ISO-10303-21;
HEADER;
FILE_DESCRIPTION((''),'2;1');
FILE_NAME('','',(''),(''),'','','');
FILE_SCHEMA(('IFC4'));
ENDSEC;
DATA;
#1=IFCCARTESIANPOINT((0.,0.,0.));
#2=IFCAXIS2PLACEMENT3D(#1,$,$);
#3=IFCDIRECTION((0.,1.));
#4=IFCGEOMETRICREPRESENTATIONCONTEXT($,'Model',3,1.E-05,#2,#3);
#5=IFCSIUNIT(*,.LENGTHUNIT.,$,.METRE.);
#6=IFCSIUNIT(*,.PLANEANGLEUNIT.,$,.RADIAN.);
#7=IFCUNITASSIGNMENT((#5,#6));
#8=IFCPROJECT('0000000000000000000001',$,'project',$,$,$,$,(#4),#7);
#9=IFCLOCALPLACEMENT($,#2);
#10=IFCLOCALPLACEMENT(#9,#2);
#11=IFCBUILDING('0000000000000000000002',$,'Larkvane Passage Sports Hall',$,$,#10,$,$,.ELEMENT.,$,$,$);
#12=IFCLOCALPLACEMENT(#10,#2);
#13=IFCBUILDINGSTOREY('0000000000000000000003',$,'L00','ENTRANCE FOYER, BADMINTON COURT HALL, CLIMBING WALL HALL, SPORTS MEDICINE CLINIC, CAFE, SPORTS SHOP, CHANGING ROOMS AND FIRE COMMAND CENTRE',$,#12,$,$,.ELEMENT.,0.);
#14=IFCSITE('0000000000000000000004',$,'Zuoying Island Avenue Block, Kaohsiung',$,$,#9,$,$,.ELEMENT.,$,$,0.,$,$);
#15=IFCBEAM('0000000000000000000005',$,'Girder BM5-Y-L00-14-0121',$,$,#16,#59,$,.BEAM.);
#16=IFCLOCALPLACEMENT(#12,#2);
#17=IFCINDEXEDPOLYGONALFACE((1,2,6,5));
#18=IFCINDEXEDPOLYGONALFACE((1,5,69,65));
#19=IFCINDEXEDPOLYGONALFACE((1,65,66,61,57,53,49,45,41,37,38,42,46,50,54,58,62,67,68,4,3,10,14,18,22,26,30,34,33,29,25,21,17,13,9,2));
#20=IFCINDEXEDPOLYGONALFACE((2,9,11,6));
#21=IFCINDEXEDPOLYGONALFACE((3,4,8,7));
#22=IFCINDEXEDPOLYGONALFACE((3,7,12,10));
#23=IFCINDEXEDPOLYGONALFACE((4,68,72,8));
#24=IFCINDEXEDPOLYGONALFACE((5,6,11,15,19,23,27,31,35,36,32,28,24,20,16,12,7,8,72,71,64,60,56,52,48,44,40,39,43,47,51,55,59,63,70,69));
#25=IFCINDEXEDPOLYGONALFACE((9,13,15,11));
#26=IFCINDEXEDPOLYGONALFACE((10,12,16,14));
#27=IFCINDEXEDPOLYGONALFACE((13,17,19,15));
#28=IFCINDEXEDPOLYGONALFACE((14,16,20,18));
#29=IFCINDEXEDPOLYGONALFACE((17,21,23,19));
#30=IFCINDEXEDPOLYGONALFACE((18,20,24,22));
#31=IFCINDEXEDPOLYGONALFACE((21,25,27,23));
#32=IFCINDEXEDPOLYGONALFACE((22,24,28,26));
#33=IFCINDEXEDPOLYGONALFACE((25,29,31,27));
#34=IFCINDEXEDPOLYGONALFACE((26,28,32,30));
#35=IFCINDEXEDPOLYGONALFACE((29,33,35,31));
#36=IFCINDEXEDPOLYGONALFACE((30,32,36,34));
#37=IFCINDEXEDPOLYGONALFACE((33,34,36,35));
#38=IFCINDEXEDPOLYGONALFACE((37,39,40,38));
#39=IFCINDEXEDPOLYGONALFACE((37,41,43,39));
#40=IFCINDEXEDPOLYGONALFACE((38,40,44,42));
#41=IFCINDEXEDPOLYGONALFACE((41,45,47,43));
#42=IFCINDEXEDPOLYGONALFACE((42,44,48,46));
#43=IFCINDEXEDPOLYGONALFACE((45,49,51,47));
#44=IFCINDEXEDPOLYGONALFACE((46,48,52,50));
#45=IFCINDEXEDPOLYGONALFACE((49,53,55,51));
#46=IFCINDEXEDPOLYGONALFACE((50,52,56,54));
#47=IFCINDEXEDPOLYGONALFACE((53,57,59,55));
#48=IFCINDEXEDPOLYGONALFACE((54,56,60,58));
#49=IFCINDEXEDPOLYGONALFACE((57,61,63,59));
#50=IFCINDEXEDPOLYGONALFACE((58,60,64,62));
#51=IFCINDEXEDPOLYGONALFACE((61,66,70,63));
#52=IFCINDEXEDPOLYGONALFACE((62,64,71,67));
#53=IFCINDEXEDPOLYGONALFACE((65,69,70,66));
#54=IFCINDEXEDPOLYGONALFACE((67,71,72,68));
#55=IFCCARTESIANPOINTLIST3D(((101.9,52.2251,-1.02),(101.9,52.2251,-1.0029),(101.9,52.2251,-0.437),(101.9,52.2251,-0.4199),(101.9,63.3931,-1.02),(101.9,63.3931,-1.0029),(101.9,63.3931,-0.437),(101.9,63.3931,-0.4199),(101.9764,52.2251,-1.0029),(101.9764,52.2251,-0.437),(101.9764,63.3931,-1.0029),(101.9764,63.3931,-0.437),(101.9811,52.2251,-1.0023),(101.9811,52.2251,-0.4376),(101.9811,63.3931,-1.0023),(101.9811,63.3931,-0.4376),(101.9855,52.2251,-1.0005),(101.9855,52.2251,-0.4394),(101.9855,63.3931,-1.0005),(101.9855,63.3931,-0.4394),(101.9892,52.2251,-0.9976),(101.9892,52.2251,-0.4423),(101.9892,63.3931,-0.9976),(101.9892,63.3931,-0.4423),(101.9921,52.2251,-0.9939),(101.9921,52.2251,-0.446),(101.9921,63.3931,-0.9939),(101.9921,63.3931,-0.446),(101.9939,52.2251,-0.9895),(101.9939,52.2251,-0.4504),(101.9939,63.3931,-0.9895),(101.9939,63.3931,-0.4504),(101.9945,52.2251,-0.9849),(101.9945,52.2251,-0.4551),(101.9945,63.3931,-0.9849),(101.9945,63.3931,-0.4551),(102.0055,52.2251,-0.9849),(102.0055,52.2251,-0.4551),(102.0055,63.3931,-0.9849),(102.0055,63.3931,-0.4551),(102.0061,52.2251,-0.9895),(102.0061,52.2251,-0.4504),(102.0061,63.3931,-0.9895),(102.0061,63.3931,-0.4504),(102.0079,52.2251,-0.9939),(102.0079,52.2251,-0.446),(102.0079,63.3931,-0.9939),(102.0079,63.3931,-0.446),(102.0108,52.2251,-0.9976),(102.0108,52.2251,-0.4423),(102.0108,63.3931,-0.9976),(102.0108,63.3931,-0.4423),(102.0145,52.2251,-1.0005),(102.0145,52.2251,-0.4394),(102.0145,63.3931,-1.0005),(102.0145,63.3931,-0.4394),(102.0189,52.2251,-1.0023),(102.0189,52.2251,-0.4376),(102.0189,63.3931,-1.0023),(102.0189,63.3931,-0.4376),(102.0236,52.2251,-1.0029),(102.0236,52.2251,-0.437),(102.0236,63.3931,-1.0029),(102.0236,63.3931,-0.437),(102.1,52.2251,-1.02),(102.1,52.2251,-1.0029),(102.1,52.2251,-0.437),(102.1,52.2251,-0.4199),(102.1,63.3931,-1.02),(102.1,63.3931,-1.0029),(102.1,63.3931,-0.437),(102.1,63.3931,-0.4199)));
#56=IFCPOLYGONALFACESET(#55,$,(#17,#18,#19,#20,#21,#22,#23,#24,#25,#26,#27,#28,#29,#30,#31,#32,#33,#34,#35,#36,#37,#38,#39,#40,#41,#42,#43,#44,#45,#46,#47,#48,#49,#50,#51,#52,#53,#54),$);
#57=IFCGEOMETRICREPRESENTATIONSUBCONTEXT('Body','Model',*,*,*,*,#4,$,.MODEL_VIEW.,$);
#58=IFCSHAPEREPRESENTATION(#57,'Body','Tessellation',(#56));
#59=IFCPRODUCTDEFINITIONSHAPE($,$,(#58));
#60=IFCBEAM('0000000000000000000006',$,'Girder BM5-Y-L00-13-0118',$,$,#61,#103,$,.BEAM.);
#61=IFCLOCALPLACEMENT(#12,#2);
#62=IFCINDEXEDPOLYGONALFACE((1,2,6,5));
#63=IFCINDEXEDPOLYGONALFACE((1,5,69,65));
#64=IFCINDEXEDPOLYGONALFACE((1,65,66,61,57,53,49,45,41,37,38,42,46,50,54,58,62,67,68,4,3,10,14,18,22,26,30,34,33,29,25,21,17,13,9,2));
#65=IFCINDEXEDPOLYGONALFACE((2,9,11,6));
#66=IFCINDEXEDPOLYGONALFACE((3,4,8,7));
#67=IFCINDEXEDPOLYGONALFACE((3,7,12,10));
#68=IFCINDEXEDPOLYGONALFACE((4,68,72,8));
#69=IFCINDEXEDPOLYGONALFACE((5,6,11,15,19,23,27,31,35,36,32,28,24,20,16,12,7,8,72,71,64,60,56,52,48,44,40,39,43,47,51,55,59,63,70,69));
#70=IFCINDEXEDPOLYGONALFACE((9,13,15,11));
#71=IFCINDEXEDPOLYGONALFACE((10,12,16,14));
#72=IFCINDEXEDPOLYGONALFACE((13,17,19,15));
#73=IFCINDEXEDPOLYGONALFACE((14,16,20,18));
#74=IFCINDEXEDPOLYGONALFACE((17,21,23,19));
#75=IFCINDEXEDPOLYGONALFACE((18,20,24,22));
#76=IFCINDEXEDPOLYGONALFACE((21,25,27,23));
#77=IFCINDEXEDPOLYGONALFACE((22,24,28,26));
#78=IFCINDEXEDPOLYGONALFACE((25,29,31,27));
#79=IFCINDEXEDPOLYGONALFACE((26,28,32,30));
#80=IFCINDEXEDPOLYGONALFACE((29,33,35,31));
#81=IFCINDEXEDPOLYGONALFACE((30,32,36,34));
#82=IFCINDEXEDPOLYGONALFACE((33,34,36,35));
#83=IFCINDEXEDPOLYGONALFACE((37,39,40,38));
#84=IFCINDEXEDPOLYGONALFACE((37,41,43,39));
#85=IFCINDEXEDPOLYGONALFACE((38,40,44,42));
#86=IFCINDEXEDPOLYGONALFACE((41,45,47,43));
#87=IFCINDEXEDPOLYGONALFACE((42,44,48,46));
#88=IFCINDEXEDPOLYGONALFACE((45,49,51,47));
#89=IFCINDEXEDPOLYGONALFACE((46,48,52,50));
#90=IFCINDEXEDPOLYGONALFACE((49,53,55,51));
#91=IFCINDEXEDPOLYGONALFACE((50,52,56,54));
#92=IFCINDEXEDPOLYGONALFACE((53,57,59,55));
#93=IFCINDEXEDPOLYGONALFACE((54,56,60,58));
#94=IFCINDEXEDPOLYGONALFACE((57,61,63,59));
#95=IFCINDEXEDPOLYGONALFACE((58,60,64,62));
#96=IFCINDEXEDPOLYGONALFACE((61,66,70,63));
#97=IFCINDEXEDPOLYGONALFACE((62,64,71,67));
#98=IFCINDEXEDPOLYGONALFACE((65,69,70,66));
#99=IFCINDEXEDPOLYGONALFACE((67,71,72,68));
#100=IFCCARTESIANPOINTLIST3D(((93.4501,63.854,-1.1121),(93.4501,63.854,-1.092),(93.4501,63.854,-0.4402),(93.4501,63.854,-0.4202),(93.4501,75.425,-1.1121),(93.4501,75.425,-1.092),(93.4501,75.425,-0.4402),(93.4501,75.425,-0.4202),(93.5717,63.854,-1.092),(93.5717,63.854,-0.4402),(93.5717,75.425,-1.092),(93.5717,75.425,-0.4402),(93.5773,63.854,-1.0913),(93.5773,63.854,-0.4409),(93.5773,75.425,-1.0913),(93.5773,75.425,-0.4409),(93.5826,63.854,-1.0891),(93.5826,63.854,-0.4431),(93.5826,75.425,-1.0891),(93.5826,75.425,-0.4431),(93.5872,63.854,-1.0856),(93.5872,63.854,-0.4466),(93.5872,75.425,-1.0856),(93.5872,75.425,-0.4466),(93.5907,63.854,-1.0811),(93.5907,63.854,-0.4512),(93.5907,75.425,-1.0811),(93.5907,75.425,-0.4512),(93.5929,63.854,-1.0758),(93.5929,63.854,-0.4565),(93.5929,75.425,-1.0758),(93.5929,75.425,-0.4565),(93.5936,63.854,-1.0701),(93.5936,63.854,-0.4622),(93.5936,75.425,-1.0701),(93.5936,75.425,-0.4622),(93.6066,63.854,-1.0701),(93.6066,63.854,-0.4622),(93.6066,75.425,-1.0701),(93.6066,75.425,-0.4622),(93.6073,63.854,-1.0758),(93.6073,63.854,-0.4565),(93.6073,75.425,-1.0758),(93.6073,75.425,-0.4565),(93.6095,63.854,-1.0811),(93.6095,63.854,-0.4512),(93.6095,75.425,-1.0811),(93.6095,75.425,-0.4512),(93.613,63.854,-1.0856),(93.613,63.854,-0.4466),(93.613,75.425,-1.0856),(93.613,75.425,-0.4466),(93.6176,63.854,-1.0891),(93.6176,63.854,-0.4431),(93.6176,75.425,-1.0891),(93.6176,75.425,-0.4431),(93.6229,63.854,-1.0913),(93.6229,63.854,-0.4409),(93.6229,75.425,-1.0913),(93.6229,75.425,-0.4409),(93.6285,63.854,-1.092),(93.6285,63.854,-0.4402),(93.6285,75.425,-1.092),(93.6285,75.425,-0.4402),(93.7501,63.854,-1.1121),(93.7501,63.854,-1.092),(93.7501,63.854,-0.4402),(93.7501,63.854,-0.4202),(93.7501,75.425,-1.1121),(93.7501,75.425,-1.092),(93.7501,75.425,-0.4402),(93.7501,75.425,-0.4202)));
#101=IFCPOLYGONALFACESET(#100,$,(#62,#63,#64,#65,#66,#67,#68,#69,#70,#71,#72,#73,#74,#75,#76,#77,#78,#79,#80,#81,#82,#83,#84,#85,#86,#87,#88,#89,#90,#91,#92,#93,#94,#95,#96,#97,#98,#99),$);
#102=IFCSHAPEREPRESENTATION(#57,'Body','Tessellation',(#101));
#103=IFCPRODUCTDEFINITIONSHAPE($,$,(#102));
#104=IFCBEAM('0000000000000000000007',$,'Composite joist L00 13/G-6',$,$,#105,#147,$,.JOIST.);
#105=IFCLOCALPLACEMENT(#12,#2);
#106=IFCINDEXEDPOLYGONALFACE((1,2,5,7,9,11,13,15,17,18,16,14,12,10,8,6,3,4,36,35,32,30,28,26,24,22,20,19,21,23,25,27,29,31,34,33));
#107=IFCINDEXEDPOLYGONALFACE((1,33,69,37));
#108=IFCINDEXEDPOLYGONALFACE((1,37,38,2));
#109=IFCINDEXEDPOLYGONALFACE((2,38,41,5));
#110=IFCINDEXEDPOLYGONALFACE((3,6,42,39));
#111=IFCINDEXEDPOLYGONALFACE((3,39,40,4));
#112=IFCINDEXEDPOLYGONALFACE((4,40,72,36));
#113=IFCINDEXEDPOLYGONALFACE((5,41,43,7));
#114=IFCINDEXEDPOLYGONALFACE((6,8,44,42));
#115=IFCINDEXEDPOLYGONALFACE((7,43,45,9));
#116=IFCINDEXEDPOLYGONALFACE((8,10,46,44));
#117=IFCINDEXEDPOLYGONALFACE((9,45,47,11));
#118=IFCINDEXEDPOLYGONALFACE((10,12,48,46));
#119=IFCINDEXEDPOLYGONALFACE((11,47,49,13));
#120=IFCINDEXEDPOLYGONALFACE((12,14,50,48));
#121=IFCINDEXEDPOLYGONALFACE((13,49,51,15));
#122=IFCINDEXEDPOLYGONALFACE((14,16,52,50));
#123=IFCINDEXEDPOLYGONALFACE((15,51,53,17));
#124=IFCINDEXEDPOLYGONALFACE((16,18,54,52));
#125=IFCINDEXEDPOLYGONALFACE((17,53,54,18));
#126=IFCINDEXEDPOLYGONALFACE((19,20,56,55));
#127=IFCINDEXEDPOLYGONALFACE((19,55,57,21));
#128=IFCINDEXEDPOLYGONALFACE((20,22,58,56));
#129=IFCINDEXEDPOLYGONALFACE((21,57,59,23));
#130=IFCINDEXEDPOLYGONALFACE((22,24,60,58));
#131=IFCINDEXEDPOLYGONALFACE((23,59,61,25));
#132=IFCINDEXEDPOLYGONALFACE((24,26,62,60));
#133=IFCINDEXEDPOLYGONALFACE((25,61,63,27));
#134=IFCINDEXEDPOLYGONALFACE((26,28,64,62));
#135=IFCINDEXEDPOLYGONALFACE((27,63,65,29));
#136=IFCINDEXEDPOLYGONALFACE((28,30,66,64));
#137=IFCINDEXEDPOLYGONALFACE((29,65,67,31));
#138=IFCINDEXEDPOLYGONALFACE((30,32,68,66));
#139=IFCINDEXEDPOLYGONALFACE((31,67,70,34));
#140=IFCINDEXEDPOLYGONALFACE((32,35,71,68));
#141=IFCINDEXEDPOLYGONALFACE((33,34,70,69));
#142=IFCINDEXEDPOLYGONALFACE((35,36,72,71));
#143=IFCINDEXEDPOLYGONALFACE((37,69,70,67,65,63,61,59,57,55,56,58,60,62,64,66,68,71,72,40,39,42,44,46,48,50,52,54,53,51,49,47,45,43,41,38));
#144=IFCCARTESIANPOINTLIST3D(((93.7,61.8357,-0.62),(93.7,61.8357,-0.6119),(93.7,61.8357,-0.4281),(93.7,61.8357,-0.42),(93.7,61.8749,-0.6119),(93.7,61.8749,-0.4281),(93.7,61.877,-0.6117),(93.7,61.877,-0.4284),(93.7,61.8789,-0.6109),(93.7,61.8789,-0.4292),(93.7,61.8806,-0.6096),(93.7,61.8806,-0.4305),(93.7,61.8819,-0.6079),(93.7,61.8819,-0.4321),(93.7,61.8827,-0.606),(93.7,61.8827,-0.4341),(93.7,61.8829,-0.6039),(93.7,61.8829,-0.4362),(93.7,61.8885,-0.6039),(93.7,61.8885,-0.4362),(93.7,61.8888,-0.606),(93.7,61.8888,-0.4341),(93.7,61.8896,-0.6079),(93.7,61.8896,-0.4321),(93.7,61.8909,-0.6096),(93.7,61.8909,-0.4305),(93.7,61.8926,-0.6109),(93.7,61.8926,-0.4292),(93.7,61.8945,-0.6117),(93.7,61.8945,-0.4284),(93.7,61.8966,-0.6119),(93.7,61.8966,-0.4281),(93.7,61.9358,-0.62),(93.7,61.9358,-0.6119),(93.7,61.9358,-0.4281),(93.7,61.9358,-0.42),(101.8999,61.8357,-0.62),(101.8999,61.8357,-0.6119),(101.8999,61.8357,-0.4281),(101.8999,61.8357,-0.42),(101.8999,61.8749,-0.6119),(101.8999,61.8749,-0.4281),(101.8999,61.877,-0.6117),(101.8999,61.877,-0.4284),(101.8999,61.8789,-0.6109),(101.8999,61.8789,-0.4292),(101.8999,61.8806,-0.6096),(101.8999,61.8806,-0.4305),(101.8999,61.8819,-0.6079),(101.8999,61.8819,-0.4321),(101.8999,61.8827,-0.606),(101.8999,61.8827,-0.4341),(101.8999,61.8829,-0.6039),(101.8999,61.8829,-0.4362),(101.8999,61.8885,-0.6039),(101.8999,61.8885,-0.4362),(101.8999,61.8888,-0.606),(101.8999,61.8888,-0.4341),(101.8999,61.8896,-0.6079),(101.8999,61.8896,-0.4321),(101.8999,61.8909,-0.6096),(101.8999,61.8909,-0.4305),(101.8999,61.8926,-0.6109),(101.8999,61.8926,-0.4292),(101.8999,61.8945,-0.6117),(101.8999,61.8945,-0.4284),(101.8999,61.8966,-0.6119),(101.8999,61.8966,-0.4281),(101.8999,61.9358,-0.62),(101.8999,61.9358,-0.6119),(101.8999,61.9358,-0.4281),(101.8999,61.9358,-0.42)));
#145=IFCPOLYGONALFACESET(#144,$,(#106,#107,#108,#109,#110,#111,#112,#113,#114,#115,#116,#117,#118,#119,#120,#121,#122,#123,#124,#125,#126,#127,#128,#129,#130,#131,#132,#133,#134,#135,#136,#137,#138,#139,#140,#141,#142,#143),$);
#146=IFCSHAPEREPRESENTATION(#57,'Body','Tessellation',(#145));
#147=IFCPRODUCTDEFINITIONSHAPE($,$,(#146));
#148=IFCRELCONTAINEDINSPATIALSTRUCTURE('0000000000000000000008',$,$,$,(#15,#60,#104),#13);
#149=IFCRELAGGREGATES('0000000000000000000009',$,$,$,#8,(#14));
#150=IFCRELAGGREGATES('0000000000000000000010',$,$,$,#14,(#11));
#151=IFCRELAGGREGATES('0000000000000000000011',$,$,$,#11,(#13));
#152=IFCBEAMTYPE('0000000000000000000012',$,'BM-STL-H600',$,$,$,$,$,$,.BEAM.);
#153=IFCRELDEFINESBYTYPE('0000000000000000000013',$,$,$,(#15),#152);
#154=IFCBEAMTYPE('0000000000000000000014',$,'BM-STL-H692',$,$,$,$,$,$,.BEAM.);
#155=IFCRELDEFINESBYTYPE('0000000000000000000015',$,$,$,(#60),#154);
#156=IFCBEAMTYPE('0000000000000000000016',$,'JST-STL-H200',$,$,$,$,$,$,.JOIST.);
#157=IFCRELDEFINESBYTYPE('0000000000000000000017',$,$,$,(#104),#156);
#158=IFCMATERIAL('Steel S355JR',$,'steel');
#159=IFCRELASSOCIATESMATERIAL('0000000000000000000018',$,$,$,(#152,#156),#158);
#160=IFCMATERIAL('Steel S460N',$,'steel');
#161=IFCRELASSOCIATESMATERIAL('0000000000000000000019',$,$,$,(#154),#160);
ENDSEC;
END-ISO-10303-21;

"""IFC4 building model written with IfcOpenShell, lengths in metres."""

from ifc_helpers import new_model, si_unit, direction, frame, origin, origin_2d, place, context, subcontext, project, spatial, i_section, extrude, material, material_profile, profile_set, type_object, element, save


model = new_model("IFC4")

# Units and contexts
model_context = context("Model", 3, precision=1e-05, world=origin(), true_north=direction((0.0, 1.0)))
body_context = subcontext(model_context, "Body", "Model", "MODEL_VIEW")
ifc_project = project(units=[si_unit("LENGTHUNIT", "METRE"), si_unit("PLANEANGLEUNIT", "RADIAN")], contexts=[model_context])

# Site, building, storey
site_placement = place(None, origin())
site = spatial("IfcSite", under=ifc_project, at=site_placement, Name="Zuoying Island Avenue Block, Kaohsiung", CompositionType="ELEMENT", RefElevation=0.0)
building_placement = place(site_placement, origin())
building = spatial("IfcBuilding", under=site, at=building_placement, Name="Larkvane Passage Sports Hall", CompositionType="ELEMENT")
storey_placement = place(building_placement, origin())
storey = spatial("IfcBuildingStorey", under=building, at=storey_placement, Name="L00", Description="ENTRANCE FOYER, BADMINTON COURT HALL, CLIMBING WALL HALL, SPORTS MEDICINE CLINIC, CAFE, SPORTS SHOP, CHANGING ROOMS AND FIRE COMMAND CENTRE", CompositionType="ELEMENT", Elevation=0.0)

# Shared definitions
ifc_material_1 = material(Name="Steel S460N", Category="steel")

# Beams
ifc_material_2 = material(Name="Steel S355JR", Category="steel")
ifc_material_profile_1 = material_profile(ifc_material_2, i_section(OverallWidth=0.2, OverallDepth=0.6001, WebThickness=0.011, FlangeThickness=0.0171, FilletRadius=0.0181, at=origin_2d()), Name="H-600x200x11x17")
ifc_profile_set_1 = profile_set([ifc_material_profile_1], Name="Steel S355JR")
beam_type_1 = type_object("IfcBeamType", Name="BM-STL-H600", PredefinedType="BEAM", material=ifc_profile_set_1)
beam_1_placement = place(storey_placement, frame((102.0, 52.2251, -0.72), z_axis=(0.0, 1.0, 0.0), x_axis=(-1.0, 0.0, 0.0)))
element("IfcBeam", 1, at=beam_1_placement, inside=storey, type_object=beam_type_1, Name="Girder BM5-Y-L00-14-0121", PredefinedType="BEAM", context=body_context, shape_type="SweptSolid", body=[
    extrude(i_section(OverallWidth=0.2, OverallDepth=0.6001, WebThickness=0.011, FlangeThickness=0.0171, FilletRadius=0.0181, at=origin_2d()), origin(), (0.0, 0.0, 1.0), 11.168),
])
ifc_material_profile_2 = material_profile(ifc_material_1, i_section(OverallWidth=0.3, OverallDepth=0.6919, WebThickness=0.0129, FlangeThickness=0.02, FilletRadius=0.022, at=origin_2d()), Name="H-692x300x13x20")
ifc_profile_set_2 = profile_set([ifc_material_profile_2], Name="Steel S460N")
beam_type_2 = type_object("IfcBeamType", Name="BM-STL-H692", PredefinedType="BEAM", material=ifc_profile_set_2)
beam_2_placement = place(storey_placement, frame((93.6001, 63.854, -0.7661), z_axis=(0.0, 1.0, 0.0), x_axis=(-1.0, 0.0, 0.0)))
element("IfcBeam", 2, at=beam_2_placement, inside=storey, type_object=beam_type_2, Name="Girder BM5-Y-L00-13-0118", PredefinedType="BEAM", context=body_context, shape_type="SweptSolid", body=[
    extrude(i_section(OverallWidth=0.3, OverallDepth=0.6919, WebThickness=0.0129, FlangeThickness=0.02, FilletRadius=0.022, at=origin_2d()), origin(), (0.0, 0.0, 1.0), 11.571),
])
ifc_material_profile_3 = material_profile(ifc_material_2, i_section(OverallWidth=0.1001, OverallDepth=0.2, WebThickness=0.0056, FlangeThickness=0.0081, FilletRadius=0.0081, at=origin_2d()), Name="H-200x100x5.5x8")
ifc_profile_set_3 = profile_set([ifc_material_profile_3], Name="Steel S355JR")
beam_type_3 = type_object("IfcBeamType", Name="JST-STL-H200", PredefinedType="JOIST", material=ifc_profile_set_3)
beam_3_placement = place(storey_placement, frame((93.7, 61.8857, -0.52), z_axis=(1.0, 0.0, 0.0), x_axis=(0.0, 1.0, 0.0)))
element("IfcBeam", 3, at=beam_3_placement, inside=storey, type_object=beam_type_3, Name="Composite joist L00 13/G-6", PredefinedType="JOIST", context=body_context, shape_type="SweptSolid", body=[
    extrude(i_section(OverallWidth=0.1001, OverallDepth=0.2, WebThickness=0.0056, FlangeThickness=0.0081, FilletRadius=0.0081, at=origin_2d()), origin(), (0.0, 0.0, 1.0), 8.2),
])

save(model, "model.ifc")
